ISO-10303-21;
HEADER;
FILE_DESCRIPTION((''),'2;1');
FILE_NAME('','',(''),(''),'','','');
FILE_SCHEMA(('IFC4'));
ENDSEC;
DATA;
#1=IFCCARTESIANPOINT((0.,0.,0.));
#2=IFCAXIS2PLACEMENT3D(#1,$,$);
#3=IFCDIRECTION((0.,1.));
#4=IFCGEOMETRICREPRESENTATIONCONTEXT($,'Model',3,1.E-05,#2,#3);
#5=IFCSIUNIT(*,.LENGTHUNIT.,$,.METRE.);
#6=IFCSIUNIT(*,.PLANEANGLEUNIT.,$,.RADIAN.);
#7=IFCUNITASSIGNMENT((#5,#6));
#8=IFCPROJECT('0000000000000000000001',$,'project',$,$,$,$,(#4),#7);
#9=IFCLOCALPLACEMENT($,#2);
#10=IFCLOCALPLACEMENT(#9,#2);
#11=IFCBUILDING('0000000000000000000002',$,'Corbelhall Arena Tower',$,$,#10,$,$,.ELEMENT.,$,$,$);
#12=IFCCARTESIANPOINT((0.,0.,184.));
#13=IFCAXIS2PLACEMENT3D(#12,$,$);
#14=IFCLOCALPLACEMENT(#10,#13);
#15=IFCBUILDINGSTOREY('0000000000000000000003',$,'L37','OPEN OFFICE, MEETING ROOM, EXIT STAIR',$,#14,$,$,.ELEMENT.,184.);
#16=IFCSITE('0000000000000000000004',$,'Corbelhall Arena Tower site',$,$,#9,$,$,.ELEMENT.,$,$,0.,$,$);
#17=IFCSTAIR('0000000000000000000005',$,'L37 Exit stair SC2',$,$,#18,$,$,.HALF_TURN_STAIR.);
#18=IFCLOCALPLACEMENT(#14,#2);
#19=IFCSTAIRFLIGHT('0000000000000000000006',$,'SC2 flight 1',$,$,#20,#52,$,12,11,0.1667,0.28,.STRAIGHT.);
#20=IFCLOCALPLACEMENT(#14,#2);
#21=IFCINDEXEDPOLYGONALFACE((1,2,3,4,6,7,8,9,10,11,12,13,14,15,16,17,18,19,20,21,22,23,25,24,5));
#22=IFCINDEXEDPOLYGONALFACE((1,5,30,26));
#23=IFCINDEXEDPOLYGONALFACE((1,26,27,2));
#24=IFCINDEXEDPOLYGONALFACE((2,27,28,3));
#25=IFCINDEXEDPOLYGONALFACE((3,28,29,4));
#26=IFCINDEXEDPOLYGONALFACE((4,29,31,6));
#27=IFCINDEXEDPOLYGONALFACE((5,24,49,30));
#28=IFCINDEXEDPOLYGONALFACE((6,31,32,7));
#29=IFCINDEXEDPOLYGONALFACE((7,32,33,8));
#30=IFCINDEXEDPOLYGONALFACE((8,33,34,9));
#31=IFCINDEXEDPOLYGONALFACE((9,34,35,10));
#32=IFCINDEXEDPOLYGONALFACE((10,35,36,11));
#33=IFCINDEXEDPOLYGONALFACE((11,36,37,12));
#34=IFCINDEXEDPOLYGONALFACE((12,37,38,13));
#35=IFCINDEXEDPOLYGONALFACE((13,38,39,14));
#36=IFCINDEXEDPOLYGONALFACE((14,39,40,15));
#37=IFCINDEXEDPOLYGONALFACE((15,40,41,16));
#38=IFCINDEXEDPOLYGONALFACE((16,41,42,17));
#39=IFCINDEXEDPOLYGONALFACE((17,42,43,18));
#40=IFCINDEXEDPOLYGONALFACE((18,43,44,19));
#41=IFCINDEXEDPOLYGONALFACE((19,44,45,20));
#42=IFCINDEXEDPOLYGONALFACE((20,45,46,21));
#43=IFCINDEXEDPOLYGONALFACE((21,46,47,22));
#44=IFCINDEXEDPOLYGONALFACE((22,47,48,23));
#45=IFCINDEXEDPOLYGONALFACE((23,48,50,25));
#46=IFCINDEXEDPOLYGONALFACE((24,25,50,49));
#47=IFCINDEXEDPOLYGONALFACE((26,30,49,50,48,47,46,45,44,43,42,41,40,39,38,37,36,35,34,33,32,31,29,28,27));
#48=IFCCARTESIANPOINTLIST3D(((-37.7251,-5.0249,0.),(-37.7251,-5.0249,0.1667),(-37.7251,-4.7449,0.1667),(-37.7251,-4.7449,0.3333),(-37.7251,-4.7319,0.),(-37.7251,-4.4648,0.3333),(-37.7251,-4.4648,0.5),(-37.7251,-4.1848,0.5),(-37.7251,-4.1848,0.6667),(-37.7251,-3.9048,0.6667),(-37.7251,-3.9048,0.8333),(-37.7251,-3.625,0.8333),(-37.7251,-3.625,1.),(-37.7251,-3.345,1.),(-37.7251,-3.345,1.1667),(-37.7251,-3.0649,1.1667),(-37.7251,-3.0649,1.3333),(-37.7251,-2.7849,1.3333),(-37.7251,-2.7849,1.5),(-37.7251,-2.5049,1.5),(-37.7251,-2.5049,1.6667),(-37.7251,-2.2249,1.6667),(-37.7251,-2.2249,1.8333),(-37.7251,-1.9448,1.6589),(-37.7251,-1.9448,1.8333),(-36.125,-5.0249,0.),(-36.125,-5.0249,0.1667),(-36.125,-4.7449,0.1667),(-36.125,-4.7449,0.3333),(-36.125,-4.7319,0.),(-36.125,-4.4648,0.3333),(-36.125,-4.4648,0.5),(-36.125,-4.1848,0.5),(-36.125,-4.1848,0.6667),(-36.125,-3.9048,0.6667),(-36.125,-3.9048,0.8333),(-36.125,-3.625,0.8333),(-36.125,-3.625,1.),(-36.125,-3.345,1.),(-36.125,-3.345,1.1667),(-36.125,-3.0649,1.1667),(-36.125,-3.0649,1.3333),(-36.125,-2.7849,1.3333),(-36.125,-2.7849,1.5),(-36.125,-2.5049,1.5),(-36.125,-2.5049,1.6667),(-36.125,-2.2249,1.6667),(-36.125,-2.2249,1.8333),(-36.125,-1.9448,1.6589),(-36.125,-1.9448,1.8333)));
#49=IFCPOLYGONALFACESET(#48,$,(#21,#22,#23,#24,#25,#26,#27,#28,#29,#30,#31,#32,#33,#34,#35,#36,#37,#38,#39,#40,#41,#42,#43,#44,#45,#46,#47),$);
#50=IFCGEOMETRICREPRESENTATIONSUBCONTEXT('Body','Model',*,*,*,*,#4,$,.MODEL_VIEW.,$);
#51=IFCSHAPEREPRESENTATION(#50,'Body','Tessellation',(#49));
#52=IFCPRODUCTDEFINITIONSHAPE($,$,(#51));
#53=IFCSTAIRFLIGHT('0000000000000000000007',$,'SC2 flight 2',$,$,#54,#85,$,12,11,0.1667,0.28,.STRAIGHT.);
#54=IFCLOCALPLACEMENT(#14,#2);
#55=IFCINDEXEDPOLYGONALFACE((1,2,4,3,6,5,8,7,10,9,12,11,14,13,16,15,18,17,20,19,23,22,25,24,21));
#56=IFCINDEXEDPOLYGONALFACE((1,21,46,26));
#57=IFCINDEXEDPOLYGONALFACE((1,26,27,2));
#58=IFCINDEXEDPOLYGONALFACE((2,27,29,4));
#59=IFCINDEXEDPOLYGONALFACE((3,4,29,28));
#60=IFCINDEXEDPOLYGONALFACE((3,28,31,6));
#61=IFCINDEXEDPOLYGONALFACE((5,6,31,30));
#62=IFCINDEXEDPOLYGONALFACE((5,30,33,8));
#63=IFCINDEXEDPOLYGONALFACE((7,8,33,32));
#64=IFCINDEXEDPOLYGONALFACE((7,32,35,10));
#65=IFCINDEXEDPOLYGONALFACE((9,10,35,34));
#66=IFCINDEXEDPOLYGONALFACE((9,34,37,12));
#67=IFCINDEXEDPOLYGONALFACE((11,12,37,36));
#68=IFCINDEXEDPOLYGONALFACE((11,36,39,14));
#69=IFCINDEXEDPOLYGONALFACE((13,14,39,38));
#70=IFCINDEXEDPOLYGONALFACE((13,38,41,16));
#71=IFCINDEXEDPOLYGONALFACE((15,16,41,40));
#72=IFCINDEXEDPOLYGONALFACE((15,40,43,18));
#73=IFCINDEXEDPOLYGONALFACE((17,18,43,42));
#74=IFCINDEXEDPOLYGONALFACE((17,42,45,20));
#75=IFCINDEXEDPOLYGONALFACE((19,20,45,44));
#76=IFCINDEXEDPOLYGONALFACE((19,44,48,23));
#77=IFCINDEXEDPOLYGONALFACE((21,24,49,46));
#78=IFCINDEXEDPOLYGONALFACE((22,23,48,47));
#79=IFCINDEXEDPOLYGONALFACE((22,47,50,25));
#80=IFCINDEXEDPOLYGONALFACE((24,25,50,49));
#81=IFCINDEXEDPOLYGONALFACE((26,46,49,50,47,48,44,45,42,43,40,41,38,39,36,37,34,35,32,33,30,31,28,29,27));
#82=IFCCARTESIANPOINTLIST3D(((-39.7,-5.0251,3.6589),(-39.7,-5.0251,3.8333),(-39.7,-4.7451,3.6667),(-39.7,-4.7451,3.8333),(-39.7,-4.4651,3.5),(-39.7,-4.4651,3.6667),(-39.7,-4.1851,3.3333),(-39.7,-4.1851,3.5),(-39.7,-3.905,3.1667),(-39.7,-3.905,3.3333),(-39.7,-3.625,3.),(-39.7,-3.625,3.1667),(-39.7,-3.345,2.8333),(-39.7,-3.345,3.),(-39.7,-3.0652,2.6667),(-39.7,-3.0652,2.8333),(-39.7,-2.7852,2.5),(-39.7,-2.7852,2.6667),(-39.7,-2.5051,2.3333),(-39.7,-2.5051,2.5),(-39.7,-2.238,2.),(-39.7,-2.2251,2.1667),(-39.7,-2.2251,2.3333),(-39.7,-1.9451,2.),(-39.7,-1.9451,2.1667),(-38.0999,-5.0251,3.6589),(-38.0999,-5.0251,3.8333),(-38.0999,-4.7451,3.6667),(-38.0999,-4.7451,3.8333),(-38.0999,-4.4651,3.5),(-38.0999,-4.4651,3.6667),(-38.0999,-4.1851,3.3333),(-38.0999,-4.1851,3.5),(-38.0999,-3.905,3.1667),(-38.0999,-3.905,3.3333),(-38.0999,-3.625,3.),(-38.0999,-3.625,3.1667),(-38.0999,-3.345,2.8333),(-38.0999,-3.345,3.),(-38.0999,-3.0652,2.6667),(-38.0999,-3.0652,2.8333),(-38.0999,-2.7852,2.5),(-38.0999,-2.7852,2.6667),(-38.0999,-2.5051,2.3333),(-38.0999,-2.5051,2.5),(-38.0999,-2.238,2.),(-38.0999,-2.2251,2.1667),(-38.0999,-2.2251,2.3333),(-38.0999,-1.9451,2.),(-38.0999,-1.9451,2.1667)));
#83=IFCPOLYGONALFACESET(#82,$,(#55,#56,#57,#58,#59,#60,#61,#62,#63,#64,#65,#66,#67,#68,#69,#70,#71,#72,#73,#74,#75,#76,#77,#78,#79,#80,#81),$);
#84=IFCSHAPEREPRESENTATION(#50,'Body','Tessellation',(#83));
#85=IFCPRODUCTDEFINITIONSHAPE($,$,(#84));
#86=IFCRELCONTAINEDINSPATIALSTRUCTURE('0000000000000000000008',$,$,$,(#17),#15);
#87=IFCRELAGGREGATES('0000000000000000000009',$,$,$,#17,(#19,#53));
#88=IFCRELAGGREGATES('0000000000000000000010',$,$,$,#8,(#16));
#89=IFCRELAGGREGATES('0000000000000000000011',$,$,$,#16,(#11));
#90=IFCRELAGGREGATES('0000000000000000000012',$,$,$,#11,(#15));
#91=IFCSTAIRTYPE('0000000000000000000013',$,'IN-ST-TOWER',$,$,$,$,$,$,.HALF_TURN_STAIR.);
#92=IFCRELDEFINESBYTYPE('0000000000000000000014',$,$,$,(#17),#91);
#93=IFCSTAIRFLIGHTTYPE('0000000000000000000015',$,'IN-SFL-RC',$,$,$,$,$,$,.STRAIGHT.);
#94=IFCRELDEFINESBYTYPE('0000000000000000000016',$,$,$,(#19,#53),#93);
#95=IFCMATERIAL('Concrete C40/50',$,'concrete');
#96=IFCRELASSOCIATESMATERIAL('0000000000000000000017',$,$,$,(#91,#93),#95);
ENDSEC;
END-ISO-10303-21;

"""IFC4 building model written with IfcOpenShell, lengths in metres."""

from ifc_helpers import new_model, si_unit, direction, frame, origin, place, context, subcontext, project, spatial, polyline, outline, extrude, material, type_object, element, aggregate, save


model = new_model("IFC4")

# Units and contexts
model_context = context("Model", 3, precision=1e-05, world=origin(), true_north=direction((0.0, 1.0)))
body_context = subcontext(model_context, "Body", "Model", "MODEL_VIEW")
ifc_project = project(units=[si_unit("LENGTHUNIT", "METRE"), si_unit("PLANEANGLEUNIT", "RADIAN")], contexts=[model_context])

# Site, building, storey
site_placement = place(None, origin())
site = spatial("IfcSite", under=ifc_project, at=site_placement, Name="Corbelhall Arena Tower site", CompositionType="ELEMENT", RefElevation=0.0)
building_placement = place(site_placement, origin())
building = spatial("IfcBuilding", under=site, at=building_placement, Name="Corbelhall Arena Tower", CompositionType="ELEMENT")
storey_placement = place(building_placement, frame((0.0, 0.0, 184.0)))
storey = spatial("IfcBuildingStorey", under=building, at=storey_placement, Name="L37", Description="OPEN OFFICE, MEETING ROOM, EXIT STAIR", CompositionType="ELEMENT", Elevation=184.0)

# Shared definitions
ifc_material_1 = material(Name="Concrete C40/50", Category="concrete")

# Stair, stair flights
stair_type = type_object("IfcStairType", Name="IN-ST-TOWER", PredefinedType="HALF_TURN_STAIR", material=ifc_material_1)
stair_placement = place(storey_placement, origin())
stair = element("IfcStair", 1, at=stair_placement, inside=storey, type_object=stair_type, Name="L37 Exit stair SC2", PredefinedType="HALF_TURN_STAIR")
stair_flight_type = type_object("IfcStairFlightType", Name="IN-SFL-RC", PredefinedType="STRAIGHT", material=ifc_material_1)
stair_flight_1_placement = place(storey_placement, frame((-36.925, -5.0249, 0.0), z_axis=(0.0, 0.0, 1.0), x_axis=(0.0, 1.0, 0.0)))
stair_flight_1 = element("IfcStairFlight", 2, at=stair_flight_1_placement, type_object=stair_flight_type, Name="SC2 flight 1", NumberOfRisers=12, NumberOfTreads=11, PredefinedType="STRAIGHT", RiserHeight=0.1667, TreadLength=0.28, context=body_context, shape_type="SweptSolid", body=[
    extrude(outline(polyline([(0.0, 0.0), (0.0, 0.1667), (0.28, 0.1667), (0.28, 0.3333), (0.5601, 0.3333), (0.5601, 0.5), (0.8401, 0.5), (0.8401, 0.6667), (1.1201, 0.6667), (1.1201, 0.8333), (1.3999, 0.8333), (1.3999, 1.0), (1.6799, 1.0), (1.6799, 1.1667), (1.96, 1.1667), (1.96, 1.3333), (2.24, 1.3333), (2.24, 1.5), (2.52, 1.5), (2.52, 1.6667), (2.8, 1.6667), (2.8, 1.8333), (3.0801, 1.8333), (3.0801, 2.0), (3.0801, 1.6589), (0.293, 0.0), (0.0, 0.0)])), frame((0.0, 0.8, 0.0), z_axis=(0.0, -1.0, 0.0), x_axis=(1.0, 0.0, 0.0)), (0.0, 0.0, 1.0), 1.6001),
])
stair_flight_2_placement = place(storey_placement, frame((-38.8999, -1.9451, 2.0), z_axis=(0.0, 0.0, 1.0), x_axis=(0.0, -1.0, 0.0)))
stair_flight_2 = element("IfcStairFlight", 3, at=stair_flight_2_placement, type_object=stair_flight_type, Name="SC2 flight 2", NumberOfRisers=12, NumberOfTreads=11, PredefinedType="STRAIGHT", RiserHeight=0.1667, TreadLength=0.28, context=body_context, shape_type="SweptSolid", body=[
    extrude(outline(polyline([(0.0, 0.0), (0.0, 0.1667), (0.28, 0.1667), (0.28, 0.3333), (0.5601, 0.3333), (0.5601, 0.5), (0.8401, 0.5), (0.8401, 0.6667), (1.1201, 0.6667), (1.1201, 0.8333), (1.3999, 0.8333), (1.3999, 1.0), (1.6799, 1.0), (1.6799, 1.1667), (1.96, 1.1667), (1.96, 1.3333), (2.24, 1.3333), (2.24, 1.5), (2.52, 1.5), (2.52, 1.6667), (2.8, 1.6667), (2.8, 1.8333), (3.0801, 1.8333), (3.0801, 2.0), (3.0801, 1.6589), (0.293, 0.0), (0.0, 0.0)])), frame((0.0, 0.8, 0.0), z_axis=(0.0, -1.0, 0.0), x_axis=(1.0, 0.0, 0.0)), (0.0, 0.0, 1.0), 1.6001),
])
aggregate(stair, [stair_flight_1, stair_flight_2])

save(model, "model.ifc")
